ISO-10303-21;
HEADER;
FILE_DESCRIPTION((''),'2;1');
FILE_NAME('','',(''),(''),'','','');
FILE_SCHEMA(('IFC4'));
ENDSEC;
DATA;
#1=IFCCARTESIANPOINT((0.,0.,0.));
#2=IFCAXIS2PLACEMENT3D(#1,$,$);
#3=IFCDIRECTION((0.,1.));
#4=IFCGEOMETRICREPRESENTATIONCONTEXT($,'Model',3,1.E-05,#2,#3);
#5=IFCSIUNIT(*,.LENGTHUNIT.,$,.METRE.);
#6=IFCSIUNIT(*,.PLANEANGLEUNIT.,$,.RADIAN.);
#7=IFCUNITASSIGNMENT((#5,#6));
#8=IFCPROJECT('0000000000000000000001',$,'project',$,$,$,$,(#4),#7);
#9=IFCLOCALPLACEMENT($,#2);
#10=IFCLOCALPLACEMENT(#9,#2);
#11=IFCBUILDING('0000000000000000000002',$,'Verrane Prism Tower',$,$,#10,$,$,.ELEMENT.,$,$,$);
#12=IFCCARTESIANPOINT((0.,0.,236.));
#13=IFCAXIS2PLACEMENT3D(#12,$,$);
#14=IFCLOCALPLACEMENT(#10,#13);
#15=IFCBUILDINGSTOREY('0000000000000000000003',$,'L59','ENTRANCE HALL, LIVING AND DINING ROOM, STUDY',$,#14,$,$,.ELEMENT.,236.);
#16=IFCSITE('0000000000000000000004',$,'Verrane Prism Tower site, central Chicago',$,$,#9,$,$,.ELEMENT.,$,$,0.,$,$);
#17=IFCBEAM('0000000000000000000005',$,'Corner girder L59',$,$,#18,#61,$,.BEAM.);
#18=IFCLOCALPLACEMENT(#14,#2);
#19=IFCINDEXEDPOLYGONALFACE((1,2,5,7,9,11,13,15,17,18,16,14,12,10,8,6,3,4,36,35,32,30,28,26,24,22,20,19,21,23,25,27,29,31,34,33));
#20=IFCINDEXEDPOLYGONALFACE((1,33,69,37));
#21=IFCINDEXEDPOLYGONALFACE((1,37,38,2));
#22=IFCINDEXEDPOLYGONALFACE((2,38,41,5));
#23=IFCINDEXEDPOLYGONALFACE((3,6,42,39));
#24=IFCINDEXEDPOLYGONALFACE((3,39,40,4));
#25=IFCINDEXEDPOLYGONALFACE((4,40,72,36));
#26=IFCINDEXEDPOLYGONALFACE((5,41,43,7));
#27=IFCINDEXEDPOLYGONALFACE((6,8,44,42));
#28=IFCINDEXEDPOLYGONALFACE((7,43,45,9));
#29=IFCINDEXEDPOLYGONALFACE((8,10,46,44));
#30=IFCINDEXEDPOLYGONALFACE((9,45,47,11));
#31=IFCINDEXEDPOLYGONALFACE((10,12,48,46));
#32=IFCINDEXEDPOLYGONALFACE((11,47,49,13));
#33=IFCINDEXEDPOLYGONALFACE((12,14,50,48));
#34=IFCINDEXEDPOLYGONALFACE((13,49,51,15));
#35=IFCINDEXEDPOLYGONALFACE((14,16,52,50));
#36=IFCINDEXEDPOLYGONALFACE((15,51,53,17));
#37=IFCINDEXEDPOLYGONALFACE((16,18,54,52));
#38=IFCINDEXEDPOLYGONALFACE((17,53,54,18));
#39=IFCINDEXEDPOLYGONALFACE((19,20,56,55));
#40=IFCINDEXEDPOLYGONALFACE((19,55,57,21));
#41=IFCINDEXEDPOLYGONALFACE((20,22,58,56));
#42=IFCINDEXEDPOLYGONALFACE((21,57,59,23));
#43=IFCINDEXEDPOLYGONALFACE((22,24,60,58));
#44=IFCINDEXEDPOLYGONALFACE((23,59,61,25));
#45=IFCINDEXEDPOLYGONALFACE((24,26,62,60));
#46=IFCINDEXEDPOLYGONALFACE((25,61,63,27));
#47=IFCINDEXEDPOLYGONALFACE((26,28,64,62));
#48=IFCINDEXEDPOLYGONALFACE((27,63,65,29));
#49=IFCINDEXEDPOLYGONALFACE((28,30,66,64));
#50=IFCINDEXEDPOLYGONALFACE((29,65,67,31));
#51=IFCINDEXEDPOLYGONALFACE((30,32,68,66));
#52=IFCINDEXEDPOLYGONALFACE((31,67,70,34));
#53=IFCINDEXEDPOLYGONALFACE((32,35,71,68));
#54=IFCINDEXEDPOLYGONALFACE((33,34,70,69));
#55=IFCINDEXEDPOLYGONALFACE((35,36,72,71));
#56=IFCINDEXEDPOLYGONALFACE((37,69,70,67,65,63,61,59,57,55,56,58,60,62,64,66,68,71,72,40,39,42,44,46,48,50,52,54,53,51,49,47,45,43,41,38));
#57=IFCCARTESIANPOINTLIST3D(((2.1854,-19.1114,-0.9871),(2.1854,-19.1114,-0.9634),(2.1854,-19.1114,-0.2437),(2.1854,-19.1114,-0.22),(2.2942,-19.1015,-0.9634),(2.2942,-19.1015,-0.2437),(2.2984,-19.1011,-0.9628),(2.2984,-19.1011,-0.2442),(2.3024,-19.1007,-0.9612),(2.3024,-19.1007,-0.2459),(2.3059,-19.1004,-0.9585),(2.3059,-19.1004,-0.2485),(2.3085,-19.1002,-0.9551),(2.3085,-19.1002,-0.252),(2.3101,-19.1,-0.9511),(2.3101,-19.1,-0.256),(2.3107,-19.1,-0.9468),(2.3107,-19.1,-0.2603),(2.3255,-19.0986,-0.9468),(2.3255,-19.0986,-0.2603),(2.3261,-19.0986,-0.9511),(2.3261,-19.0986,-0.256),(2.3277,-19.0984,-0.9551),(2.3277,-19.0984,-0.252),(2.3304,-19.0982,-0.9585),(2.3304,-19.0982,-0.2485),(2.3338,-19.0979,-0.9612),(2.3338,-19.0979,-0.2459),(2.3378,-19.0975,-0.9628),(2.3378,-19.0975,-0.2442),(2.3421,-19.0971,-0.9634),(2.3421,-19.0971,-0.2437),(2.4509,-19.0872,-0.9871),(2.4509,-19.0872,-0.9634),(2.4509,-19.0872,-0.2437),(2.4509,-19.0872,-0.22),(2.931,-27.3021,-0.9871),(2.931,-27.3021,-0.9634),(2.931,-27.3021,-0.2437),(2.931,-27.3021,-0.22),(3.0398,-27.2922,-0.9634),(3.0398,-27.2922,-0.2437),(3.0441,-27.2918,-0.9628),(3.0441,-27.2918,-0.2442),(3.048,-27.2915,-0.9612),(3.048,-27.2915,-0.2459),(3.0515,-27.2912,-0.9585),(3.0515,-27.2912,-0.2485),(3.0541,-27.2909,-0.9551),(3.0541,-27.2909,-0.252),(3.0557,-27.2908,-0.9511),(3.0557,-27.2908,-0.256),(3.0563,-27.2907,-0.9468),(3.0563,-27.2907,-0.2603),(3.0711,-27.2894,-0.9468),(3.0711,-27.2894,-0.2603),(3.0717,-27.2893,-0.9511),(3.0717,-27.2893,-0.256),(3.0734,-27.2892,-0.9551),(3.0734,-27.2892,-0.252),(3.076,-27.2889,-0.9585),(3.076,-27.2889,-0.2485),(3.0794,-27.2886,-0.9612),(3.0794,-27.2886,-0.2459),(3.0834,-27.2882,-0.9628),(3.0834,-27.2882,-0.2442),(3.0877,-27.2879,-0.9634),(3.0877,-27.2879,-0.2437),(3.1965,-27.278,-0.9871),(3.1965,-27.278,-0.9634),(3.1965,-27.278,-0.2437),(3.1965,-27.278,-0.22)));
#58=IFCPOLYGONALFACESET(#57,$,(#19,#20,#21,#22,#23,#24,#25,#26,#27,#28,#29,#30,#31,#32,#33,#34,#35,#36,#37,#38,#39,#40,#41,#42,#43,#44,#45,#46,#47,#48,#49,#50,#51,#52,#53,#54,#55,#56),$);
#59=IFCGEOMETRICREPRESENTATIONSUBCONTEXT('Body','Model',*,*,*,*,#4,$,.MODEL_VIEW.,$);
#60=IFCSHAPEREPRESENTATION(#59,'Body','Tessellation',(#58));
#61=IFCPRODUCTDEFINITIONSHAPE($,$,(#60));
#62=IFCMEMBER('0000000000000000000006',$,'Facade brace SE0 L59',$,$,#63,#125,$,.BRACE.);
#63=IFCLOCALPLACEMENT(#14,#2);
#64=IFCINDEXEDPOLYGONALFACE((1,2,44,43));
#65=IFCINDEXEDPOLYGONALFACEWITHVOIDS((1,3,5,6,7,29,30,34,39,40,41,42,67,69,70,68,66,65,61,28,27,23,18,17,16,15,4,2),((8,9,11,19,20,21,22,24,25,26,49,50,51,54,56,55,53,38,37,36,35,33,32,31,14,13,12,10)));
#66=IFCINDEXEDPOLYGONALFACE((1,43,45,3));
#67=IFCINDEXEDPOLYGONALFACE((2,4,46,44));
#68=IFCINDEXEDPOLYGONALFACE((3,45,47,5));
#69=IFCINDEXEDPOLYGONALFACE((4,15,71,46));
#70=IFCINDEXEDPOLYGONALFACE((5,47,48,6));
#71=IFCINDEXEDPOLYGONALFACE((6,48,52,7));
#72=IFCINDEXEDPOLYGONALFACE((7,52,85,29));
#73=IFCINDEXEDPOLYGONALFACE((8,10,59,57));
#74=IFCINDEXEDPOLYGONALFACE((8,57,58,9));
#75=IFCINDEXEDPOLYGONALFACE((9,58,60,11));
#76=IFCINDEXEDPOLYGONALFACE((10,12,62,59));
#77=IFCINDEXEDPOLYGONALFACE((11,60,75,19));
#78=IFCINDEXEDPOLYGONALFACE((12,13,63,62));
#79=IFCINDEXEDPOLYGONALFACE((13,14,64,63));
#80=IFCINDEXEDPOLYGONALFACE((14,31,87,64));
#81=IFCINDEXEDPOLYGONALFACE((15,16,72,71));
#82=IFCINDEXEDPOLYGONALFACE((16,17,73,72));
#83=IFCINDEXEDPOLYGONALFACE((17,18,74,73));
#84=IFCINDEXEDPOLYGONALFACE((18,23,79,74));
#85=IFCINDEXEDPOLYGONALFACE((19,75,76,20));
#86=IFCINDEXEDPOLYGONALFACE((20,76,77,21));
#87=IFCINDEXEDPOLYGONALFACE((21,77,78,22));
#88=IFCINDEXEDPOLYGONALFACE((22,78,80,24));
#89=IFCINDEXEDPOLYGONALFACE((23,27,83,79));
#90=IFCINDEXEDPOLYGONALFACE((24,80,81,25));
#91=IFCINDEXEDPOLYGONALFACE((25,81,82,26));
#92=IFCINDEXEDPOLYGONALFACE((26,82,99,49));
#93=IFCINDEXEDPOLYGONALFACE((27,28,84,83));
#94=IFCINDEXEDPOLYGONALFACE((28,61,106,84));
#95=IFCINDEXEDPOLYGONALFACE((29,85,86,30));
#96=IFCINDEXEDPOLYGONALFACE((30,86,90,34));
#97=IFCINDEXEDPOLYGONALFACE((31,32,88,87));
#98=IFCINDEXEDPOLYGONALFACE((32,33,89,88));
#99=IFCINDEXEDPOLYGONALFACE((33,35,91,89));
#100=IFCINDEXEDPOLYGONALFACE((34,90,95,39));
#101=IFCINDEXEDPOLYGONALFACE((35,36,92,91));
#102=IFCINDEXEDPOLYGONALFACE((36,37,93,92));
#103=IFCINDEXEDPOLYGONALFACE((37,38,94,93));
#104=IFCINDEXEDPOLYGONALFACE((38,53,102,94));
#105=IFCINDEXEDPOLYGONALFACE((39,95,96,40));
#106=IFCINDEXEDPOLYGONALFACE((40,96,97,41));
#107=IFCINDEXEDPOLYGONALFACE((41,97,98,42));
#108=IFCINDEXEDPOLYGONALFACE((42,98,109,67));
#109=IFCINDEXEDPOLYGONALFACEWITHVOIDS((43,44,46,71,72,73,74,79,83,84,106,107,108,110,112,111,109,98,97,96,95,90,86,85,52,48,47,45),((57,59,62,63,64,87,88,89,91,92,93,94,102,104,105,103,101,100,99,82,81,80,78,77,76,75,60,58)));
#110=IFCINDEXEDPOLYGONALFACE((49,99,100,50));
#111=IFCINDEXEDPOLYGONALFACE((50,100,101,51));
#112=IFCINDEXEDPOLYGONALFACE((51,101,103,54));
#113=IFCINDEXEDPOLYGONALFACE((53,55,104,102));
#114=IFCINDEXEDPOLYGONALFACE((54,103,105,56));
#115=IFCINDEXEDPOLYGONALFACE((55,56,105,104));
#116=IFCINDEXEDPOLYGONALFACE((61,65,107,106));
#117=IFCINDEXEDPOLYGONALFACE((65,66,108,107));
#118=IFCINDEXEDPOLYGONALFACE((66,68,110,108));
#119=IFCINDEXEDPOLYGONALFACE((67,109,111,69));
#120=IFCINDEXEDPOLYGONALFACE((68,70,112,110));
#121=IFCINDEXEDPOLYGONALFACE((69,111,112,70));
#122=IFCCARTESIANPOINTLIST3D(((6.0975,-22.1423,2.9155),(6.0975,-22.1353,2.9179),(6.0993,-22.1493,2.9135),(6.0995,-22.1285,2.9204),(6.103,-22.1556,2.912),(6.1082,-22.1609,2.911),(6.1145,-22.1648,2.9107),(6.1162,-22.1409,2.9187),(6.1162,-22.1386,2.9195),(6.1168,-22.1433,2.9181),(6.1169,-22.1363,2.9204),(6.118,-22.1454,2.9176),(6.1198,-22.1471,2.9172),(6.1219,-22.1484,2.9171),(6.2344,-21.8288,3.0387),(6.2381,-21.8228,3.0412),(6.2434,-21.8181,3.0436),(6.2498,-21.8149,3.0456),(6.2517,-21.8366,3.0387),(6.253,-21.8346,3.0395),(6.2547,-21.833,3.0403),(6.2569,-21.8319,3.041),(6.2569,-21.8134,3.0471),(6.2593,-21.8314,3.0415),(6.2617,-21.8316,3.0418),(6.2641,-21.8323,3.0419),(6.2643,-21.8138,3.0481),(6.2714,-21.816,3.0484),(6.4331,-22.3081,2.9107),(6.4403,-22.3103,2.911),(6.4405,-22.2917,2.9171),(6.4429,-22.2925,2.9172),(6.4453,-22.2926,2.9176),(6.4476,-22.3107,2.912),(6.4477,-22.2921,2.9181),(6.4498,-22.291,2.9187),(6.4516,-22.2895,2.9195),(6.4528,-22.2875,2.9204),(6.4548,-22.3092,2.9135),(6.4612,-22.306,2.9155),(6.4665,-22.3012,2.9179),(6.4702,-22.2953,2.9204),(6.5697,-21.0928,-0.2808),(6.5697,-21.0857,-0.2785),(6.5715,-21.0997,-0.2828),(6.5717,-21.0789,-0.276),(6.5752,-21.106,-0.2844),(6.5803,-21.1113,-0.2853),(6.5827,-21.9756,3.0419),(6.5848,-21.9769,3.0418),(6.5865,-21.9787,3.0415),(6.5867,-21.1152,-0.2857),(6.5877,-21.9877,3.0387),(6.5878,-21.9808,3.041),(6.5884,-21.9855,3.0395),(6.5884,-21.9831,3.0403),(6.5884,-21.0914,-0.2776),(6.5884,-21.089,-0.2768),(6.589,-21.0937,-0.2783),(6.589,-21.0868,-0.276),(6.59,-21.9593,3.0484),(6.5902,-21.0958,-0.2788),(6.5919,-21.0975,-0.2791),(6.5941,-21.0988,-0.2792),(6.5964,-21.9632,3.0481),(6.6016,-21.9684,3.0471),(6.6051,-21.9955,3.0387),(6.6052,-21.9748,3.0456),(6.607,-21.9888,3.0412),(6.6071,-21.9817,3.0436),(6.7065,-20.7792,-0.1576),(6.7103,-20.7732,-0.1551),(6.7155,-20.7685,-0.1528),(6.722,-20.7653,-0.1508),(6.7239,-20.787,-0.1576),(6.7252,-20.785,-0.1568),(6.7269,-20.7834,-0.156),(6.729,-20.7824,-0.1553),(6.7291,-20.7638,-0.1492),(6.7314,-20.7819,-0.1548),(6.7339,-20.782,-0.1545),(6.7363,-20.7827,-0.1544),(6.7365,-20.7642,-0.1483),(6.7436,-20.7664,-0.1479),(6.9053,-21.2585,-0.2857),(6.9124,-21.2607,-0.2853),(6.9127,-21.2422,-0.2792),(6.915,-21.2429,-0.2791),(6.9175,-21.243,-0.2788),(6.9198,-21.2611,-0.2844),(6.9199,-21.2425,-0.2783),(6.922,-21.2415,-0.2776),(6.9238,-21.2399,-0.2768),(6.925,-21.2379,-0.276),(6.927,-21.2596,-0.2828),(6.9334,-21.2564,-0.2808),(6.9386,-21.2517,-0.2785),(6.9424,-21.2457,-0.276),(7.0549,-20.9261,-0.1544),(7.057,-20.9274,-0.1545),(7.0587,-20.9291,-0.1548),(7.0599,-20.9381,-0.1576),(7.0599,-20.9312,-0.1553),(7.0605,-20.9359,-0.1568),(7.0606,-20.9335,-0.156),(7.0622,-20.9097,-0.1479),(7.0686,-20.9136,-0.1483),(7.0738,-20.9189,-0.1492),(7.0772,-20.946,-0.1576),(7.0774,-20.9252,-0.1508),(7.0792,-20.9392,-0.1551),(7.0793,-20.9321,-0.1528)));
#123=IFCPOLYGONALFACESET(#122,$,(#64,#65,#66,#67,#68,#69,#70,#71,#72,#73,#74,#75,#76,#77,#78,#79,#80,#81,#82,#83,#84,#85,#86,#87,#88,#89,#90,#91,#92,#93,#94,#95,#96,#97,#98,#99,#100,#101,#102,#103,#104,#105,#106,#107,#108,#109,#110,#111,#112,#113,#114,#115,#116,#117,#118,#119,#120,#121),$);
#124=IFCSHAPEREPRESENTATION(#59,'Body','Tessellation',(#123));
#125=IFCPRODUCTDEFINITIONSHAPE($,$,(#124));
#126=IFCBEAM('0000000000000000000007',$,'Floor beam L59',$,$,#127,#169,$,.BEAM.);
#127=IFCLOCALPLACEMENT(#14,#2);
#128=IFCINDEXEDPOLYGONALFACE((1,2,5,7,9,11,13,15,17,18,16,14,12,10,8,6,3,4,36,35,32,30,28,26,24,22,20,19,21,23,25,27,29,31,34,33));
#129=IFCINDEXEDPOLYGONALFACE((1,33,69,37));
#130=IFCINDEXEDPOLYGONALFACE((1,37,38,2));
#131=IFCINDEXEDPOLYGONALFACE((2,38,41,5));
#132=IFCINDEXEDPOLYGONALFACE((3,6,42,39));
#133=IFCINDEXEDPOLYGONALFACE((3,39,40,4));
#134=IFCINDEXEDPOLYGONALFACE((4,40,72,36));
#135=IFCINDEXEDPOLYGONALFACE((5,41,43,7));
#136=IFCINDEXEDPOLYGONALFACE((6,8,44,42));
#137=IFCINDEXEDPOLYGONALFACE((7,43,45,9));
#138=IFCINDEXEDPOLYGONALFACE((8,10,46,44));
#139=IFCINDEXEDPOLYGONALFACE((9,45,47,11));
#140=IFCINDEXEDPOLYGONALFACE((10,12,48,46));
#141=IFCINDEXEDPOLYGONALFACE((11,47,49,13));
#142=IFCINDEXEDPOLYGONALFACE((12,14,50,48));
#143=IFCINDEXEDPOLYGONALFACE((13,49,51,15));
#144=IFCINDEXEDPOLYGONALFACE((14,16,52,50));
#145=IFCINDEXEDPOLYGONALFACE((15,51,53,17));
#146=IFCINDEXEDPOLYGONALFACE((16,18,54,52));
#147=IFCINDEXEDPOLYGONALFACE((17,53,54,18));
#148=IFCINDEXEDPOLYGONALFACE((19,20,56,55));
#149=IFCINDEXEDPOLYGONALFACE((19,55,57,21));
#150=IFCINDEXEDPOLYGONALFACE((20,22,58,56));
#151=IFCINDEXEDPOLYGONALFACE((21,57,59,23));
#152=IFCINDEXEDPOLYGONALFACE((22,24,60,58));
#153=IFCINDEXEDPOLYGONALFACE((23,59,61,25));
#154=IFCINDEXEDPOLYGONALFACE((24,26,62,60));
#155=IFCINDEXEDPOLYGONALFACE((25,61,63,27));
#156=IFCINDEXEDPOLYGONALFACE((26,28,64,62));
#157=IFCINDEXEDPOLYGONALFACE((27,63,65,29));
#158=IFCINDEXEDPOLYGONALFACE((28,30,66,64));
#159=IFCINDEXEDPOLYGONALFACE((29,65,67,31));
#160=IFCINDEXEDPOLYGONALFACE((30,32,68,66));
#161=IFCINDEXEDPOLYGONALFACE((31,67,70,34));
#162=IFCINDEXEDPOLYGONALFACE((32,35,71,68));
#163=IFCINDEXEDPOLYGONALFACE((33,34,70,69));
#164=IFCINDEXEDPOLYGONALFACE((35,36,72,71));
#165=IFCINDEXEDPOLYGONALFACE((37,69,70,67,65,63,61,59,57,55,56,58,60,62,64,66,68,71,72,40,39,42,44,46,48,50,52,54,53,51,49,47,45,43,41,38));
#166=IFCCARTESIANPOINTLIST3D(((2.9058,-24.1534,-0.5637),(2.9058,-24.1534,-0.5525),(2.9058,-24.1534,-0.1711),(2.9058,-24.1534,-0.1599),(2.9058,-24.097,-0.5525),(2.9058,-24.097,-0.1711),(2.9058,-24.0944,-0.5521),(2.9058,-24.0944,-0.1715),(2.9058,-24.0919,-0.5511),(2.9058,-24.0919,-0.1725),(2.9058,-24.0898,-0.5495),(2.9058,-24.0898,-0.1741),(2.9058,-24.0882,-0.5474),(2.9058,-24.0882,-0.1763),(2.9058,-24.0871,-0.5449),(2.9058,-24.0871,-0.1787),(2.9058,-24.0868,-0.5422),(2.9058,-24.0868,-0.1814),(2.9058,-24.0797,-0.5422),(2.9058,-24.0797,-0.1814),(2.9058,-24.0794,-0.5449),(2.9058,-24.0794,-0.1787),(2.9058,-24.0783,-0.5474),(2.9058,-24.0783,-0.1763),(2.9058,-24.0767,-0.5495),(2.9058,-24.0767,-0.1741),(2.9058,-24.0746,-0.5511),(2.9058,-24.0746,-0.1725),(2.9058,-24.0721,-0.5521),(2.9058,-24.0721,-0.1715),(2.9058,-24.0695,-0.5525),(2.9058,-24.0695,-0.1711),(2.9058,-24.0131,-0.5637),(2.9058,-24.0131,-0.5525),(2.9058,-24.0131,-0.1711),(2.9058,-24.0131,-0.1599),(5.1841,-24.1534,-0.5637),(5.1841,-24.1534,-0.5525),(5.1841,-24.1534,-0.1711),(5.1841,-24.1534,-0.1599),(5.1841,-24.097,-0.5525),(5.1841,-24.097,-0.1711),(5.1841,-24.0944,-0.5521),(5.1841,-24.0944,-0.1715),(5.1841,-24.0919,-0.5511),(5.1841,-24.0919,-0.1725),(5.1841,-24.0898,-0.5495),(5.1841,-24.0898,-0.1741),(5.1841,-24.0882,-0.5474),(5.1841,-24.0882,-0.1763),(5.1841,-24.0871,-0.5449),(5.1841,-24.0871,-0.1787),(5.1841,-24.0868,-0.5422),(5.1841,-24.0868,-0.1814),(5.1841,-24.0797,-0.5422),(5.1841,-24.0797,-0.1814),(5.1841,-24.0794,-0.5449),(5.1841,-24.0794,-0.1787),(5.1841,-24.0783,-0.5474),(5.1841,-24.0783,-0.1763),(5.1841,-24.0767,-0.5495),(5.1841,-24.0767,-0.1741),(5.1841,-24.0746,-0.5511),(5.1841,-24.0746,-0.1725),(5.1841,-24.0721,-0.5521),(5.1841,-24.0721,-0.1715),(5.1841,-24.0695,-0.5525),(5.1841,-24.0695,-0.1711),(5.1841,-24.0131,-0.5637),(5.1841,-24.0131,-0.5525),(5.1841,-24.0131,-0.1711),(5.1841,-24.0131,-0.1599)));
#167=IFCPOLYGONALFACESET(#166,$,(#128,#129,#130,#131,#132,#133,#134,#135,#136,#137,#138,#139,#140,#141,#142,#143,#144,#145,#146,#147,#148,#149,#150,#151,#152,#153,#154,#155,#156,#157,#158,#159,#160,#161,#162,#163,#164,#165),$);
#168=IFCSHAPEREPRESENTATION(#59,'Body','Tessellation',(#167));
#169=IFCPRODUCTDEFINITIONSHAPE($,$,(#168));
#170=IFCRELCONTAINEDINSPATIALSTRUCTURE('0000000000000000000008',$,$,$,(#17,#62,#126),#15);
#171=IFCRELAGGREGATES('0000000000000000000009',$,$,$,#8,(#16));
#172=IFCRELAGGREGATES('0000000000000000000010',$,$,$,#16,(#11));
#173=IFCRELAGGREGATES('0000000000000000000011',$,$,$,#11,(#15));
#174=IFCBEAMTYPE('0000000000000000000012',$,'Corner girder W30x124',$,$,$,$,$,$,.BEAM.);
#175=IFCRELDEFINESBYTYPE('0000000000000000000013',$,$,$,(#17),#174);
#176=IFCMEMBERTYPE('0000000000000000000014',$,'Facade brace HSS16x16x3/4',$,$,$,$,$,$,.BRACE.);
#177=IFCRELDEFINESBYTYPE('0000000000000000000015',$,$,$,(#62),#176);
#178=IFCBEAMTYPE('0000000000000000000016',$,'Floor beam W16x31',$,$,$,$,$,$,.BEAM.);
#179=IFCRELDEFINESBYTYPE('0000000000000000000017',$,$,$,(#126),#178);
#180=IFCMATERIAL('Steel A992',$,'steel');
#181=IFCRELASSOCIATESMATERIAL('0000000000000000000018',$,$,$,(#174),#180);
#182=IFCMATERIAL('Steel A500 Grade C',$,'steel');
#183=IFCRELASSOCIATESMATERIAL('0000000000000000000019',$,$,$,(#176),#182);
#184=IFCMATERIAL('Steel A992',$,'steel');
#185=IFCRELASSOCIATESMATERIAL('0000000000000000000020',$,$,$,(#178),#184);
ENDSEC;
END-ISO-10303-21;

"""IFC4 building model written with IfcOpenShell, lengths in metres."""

from ifc_helpers import new_model, si_unit, direction, frame, origin, origin_2d, place, context, subcontext, project, spatial, hollow_rectangle, i_section, extrude, material, material_profile, profile_set, type_object, element, save


model = new_model("IFC4")

# Units and contexts
model_context = context("Model", 3, precision=1e-05, world=origin(), true_north=direction((0.0, 1.0)))
body_context = subcontext(model_context, "Body", "Model", "MODEL_VIEW")
ifc_project = project(units=[si_unit("LENGTHUNIT", "METRE"), si_unit("PLANEANGLEUNIT", "RADIAN")], contexts=[model_context])

# Site, building, storey
site_placement = place(None, origin())
site = spatial("IfcSite", under=ifc_project, at=site_placement, Name="Verrane Prism Tower site, central Chicago", CompositionType="ELEMENT", RefElevation=0.0)
building_placement = place(site_placement, origin())
building = spatial("IfcBuilding", under=site, at=building_placement, Name="Verrane Prism Tower", CompositionType="ELEMENT")
storey_placement = place(building_placement, frame((0.0, 0.0, 236.0)))
storey = spatial("IfcBuildingStorey", under=building, at=storey_placement, Name="L59", Description="ENTRANCE HALL, LIVING AND DINING ROOM, STUDY", CompositionType="ELEMENT", Elevation=236.0)

# Beam
ifc_material_1 = material(Name="Steel A992", Category="steel")
ifc_material_profile_1 = material_profile(ifc_material_1, i_section(OverallWidth=0.2666, OverallDepth=0.7671, WebThickness=0.0149, FlangeThickness=0.0237, FilletRadius=0.0166, at=origin_2d()), Name="W30x124")
ifc_profile_set_1 = profile_set([ifc_material_profile_1], Name="Steel A992")
beam_type_1 = type_object("IfcBeamType", Name="Corner girder W30x124", PredefinedType="BEAM", material=ifc_profile_set_1)
beam_1_placement = place(storey_placement, frame((3.0637, -27.29, -0.6035), z_axis=(-0.090656, 0.995882, 0.0), x_axis=(-0.995882, -0.090656, 0.0)))
element("IfcBeam", 1, at=beam_1_placement, inside=storey, type_object=beam_type_1, Name="Corner girder L59", PredefinedType="BEAM", context=body_context, shape_type="SweptSolid", body=[
    extrude(i_section(OverallWidth=0.2666, OverallDepth=0.7671, WebThickness=0.0149, FlangeThickness=0.0237, FilletRadius=0.0166, at=origin_2d()), origin(), (0.0, 0.0, 1.0), 8.2246),
])

# Member
ifc_material_2 = material(Name="Steel A500 Grade C", Category="steel")
ifc_material_profile_2 = material_profile(ifc_material_2, hollow_rectangle(XDim=0.4065, YDim=0.4065, WallThickness=0.019, InnerFilletRadius=0.0095, OuterFilletRadius=0.0286, at=origin_2d()), Name="HSS16x16x3/4")
ifc_profile_set_2 = profile_set([ifc_material_profile_2], Name="Steel A500 Grade C")
member_type_1 = type_object("IfcMemberType", Name="Facade brace HSS16x16x3/4", PredefinedType="BRACE", material=ifc_profile_set_2)
member_1_placement = place(storey_placement, frame((6.8245, -21.0125, -0.2168), z_axis=(-0.138989, -0.308951, 0.940867), x_axis=(0.911965, -0.410268, 0.0)))
element("IfcMember", 2, at=member_1_placement, inside=storey, type_object=member_type_1, Name="Facade brace SE0 L59", PredefinedType="BRACE", context=body_context, shape_type="SweptSolid", body=[
    extrude(hollow_rectangle(XDim=0.4065, YDim=0.4065, WallThickness=0.019, InnerFilletRadius=0.0095, OuterFilletRadius=0.0286, at=origin_2d()), origin(), (0.0, 0.0, 1.0), 3.3972),
])

# Beam
ifc_material_3 = material(Name="Steel A992", Category="steel")
ifc_material_profile_3 = material_profile(ifc_material_3, i_section(OverallWidth=0.1404, OverallDepth=0.4038, WebThickness=0.0071, FlangeThickness=0.0112, FilletRadius=0.0103, at=origin_2d()), Name="W16x31")
ifc_profile_set_3 = profile_set([ifc_material_profile_3], Name="Steel A992")
beam_type_2 = type_object("IfcBeamType", Name="Floor beam W16x31", PredefinedType="BEAM", material=ifc_profile_set_3)
beam_2_placement = place(storey_placement, frame((2.9058, -24.0833, -0.3618), z_axis=(1.0, 0.0, 0.0), x_axis=(0.0, 1.0, 0.0)))
element("IfcBeam", 3, at=beam_2_placement, inside=storey, type_object=beam_type_2, Name="Floor beam L59", PredefinedType="BEAM", context=body_context, shape_type="SweptSolid", body=[
    extrude(i_section(OverallWidth=0.1404, OverallDepth=0.4038, WebThickness=0.0071, FlangeThickness=0.0112, FilletRadius=0.0103, at=origin_2d()), origin(), (0.0, 0.0, 1.0), 2.2783),
])

save(model, "model.ifc")
